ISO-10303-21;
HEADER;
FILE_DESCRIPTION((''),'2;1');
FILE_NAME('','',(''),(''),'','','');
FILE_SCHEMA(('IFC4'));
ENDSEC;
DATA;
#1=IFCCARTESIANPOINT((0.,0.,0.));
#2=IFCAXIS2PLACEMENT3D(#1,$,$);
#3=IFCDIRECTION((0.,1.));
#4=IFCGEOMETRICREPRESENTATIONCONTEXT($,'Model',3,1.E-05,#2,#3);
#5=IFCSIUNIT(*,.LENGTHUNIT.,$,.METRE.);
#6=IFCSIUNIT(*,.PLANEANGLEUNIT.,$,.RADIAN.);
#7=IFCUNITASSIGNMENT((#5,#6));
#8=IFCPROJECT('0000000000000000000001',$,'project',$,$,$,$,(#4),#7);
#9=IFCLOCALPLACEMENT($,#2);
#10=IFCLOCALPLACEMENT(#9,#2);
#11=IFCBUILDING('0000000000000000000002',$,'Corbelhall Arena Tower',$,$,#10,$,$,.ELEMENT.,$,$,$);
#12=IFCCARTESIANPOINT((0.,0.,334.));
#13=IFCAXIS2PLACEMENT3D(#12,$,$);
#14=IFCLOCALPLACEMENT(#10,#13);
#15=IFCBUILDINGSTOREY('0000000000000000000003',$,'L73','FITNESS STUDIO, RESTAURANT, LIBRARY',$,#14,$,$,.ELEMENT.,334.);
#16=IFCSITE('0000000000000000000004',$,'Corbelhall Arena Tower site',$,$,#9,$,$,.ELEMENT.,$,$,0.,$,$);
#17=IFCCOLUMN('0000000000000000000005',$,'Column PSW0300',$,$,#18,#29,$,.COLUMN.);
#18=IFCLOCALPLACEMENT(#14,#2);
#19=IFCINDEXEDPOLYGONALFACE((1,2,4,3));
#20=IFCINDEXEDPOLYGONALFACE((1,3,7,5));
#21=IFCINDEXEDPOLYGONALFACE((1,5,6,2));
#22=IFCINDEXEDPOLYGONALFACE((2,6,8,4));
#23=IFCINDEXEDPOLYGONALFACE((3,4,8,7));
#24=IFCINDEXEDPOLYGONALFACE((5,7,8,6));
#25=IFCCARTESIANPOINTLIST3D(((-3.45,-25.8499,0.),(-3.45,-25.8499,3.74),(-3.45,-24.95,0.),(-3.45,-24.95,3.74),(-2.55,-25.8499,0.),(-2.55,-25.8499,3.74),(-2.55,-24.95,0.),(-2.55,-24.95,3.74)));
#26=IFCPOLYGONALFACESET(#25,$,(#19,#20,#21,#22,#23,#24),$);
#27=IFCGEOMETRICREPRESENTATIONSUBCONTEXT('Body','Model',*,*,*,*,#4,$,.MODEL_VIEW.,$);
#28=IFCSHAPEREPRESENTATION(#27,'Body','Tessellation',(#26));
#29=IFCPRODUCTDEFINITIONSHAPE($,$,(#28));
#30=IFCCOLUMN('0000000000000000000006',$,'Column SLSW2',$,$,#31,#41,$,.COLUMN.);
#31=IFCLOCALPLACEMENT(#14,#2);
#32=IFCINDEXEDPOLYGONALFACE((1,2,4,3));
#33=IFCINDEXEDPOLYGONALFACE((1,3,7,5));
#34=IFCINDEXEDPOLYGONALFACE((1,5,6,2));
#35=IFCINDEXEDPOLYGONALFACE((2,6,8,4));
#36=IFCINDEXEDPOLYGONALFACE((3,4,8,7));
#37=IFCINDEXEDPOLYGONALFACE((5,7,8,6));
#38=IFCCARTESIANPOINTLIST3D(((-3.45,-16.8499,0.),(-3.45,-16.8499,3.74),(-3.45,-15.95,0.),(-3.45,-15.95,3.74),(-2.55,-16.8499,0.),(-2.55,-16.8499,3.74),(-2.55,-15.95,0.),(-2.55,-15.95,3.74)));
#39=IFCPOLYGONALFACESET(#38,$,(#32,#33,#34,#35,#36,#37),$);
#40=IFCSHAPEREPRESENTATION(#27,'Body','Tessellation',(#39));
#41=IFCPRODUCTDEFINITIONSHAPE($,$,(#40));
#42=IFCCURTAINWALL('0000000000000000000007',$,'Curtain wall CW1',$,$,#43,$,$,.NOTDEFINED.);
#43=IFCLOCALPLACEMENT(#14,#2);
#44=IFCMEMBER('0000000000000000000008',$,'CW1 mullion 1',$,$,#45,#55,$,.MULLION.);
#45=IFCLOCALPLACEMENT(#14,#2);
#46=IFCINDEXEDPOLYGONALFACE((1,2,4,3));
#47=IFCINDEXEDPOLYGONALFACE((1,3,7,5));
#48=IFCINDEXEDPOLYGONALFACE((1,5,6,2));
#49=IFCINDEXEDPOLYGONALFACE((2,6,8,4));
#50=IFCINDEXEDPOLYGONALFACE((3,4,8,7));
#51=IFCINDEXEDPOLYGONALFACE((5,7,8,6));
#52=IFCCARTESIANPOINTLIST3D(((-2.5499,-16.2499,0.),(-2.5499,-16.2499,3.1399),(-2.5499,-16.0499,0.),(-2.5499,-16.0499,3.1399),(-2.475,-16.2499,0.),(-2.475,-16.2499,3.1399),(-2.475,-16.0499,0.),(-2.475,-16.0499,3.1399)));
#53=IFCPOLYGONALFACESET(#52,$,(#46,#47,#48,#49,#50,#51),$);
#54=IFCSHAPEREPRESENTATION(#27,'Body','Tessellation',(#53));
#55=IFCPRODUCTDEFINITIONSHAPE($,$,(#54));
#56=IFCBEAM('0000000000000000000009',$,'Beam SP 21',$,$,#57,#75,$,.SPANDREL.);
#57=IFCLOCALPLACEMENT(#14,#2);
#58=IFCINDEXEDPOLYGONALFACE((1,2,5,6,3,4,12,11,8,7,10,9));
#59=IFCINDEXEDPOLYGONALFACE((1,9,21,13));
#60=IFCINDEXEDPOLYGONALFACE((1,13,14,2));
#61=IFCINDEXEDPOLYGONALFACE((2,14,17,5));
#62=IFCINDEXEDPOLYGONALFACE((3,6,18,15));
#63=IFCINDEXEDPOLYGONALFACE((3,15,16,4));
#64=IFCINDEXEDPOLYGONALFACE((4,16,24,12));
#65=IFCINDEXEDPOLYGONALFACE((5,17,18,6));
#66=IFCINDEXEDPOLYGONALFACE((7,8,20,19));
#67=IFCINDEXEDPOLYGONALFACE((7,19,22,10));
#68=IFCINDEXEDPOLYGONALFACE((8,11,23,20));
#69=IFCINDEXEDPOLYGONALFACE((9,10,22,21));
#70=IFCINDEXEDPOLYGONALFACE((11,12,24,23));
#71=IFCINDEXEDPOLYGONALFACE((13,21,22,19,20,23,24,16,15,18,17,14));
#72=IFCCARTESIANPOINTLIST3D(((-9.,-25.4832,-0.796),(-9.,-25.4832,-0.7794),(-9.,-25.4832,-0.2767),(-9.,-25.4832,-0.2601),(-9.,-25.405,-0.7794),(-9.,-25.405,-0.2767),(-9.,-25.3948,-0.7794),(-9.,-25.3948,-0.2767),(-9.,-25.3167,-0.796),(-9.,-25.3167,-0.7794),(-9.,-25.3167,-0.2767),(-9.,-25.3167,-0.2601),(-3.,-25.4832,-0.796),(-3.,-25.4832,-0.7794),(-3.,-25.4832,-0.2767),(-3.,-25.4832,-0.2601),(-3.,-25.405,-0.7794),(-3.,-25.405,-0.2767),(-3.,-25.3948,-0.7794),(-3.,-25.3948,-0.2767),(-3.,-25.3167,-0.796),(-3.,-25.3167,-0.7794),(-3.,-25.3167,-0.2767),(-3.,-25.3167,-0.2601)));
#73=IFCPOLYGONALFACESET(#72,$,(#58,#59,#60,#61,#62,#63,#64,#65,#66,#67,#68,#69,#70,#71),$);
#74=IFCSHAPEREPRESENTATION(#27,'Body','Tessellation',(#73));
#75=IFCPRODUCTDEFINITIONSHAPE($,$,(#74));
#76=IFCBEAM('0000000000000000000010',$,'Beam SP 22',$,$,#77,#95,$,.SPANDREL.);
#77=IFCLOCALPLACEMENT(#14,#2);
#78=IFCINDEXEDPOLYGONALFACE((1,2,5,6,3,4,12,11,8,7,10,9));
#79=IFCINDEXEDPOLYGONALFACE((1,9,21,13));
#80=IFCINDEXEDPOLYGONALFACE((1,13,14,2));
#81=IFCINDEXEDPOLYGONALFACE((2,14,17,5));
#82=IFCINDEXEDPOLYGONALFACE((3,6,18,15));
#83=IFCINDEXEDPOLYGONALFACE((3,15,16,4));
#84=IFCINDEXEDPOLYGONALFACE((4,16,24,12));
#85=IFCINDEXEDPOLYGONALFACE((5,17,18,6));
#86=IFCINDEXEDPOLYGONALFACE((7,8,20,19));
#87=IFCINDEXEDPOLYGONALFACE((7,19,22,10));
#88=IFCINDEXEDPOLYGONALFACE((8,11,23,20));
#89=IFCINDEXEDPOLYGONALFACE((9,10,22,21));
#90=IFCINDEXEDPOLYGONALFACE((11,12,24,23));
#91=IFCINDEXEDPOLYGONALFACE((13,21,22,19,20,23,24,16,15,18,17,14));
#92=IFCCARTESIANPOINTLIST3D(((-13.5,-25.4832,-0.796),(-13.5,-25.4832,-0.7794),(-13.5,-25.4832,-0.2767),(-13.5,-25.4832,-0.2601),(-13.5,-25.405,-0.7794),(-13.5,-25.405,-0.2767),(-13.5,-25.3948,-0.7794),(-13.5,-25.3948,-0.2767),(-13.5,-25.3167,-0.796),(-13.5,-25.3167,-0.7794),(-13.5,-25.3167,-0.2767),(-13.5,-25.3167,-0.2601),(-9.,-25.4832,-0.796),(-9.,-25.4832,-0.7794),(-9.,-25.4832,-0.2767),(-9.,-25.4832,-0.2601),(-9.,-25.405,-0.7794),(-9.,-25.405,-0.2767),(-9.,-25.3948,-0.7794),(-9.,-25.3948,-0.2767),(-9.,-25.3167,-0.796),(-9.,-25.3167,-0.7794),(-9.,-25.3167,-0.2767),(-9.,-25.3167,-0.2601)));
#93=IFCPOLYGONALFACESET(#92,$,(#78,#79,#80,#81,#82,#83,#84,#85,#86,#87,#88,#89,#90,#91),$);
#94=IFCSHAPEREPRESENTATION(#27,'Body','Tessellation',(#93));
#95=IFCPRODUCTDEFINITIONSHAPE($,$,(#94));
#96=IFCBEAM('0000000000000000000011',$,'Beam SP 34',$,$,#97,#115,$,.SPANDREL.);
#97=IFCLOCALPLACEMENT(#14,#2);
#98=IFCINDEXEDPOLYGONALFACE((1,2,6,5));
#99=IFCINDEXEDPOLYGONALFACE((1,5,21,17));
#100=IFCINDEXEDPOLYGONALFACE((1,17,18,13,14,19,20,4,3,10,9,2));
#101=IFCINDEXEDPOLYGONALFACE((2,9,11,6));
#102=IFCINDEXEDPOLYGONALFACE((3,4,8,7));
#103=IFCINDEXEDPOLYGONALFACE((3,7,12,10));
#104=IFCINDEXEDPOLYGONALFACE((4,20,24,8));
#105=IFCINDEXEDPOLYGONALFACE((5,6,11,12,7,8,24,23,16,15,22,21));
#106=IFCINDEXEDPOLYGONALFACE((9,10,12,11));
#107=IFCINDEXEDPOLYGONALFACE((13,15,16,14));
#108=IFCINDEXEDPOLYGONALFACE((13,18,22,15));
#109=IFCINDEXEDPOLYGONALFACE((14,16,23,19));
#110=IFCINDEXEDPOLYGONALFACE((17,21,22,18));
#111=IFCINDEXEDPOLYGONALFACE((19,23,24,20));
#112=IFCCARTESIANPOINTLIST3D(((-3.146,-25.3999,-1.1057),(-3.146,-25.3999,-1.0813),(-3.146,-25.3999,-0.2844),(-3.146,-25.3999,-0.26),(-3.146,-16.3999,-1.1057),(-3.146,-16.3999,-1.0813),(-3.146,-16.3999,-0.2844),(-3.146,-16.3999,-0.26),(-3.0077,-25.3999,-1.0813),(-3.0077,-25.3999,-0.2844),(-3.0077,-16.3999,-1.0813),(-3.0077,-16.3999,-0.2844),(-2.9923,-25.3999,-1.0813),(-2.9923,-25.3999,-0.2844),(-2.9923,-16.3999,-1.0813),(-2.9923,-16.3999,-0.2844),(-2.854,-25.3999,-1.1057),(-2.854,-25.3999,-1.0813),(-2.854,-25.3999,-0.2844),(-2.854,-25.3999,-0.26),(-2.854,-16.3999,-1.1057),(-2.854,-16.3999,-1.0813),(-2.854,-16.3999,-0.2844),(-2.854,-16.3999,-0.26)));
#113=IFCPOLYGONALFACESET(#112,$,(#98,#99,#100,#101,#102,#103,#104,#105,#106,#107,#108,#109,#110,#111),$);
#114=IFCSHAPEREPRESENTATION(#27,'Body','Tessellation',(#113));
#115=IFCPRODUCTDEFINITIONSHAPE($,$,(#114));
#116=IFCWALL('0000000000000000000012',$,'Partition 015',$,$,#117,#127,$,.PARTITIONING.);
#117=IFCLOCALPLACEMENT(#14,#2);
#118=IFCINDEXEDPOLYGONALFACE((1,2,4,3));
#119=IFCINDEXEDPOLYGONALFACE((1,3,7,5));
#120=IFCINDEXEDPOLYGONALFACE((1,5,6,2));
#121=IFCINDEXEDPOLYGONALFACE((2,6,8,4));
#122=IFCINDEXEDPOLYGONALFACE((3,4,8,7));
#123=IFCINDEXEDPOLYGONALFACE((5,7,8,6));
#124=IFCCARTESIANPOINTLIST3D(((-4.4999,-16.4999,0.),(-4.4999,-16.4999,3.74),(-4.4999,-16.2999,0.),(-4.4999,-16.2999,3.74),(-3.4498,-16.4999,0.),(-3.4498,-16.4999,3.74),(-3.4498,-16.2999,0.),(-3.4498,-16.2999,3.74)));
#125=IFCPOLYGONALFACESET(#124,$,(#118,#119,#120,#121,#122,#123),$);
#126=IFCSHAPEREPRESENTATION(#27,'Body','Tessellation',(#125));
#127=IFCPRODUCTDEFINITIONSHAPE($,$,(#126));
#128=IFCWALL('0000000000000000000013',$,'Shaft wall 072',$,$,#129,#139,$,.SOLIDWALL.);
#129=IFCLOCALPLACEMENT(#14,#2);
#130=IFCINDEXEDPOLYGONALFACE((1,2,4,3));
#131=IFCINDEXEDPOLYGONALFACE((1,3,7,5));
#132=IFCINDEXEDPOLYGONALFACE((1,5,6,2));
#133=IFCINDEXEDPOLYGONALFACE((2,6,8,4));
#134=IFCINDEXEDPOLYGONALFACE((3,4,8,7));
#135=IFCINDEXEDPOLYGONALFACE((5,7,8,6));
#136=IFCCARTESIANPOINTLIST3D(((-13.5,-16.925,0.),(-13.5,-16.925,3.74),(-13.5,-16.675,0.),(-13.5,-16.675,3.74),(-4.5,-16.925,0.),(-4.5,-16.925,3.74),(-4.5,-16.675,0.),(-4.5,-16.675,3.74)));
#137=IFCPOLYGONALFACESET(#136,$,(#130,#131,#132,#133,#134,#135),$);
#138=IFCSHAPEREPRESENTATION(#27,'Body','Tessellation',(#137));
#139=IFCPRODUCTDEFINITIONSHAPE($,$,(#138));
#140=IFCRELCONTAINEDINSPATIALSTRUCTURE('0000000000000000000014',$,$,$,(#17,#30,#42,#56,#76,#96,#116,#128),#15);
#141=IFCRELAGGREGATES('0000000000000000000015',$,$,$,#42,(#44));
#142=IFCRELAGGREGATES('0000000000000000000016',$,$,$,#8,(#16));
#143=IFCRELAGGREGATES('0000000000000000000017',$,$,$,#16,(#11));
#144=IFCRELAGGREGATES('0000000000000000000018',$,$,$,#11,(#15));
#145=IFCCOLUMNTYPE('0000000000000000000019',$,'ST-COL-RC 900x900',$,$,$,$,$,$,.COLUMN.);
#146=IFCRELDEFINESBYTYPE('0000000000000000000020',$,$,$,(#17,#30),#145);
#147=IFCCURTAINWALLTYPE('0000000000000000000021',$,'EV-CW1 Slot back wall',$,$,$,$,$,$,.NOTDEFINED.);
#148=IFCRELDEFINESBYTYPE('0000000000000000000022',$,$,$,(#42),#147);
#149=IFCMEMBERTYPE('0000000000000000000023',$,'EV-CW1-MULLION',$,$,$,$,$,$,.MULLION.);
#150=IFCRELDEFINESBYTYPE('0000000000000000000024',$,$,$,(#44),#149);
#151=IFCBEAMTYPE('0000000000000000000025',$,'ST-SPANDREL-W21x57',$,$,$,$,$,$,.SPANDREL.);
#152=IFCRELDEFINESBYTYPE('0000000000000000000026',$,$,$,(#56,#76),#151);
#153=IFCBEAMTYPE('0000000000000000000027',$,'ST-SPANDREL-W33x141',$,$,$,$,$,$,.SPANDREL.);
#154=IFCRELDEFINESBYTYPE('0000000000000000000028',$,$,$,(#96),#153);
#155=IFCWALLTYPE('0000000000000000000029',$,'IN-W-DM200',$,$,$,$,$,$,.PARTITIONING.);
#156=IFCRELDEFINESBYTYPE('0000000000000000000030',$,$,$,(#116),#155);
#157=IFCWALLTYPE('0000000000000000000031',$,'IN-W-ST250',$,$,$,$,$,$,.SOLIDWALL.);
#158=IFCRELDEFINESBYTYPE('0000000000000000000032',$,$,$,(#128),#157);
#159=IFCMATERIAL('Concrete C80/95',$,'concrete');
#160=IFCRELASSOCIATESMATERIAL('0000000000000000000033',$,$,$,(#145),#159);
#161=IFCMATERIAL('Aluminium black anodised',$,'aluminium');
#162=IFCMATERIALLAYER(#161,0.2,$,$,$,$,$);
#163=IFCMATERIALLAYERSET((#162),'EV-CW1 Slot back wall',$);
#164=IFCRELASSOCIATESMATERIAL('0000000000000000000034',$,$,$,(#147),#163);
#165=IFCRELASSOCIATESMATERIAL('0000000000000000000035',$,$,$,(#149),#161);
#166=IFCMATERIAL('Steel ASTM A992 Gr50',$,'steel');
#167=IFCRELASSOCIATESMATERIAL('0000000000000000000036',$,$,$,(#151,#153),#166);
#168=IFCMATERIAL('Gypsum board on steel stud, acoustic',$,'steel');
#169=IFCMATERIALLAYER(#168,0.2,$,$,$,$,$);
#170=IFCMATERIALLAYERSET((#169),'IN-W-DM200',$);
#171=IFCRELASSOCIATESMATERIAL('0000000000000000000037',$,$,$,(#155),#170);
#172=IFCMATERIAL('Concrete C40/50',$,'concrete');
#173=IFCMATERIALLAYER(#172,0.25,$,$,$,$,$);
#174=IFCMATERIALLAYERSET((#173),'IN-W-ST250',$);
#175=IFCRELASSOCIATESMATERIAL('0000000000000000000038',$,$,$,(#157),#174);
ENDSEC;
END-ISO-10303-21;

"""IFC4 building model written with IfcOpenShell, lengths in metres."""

from ifc_helpers import new_model, si_unit, direction, frame, frame_2d, origin, origin_2d, place, context, subcontext, project, spatial, rectangle, i_section, extrude, material, layer, layer_set, material_profile, profile_set, type_object, element, aggregate, save


model = new_model("IFC4")

# Units and contexts
model_context = context("Model", 3, precision=1e-05, world=origin(), true_north=direction((0.0, 1.0)))
body_context = subcontext(model_context, "Body", "Model", "MODEL_VIEW")
ifc_project = project(units=[si_unit("LENGTHUNIT", "METRE"), si_unit("PLANEANGLEUNIT", "RADIAN")], contexts=[model_context])

# Site, building, storey
site_placement = place(None, origin())
site = spatial("IfcSite", under=ifc_project, at=site_placement, Name="Corbelhall Arena Tower site", CompositionType="ELEMENT", RefElevation=0.0)
building_placement = place(site_placement, origin())
building = spatial("IfcBuilding", under=site, at=building_placement, Name="Corbelhall Arena Tower", CompositionType="ELEMENT")
storey_placement = place(building_placement, frame((0.0, 0.0, 334.0)))
storey = spatial("IfcBuildingStorey", under=building, at=storey_placement, Name="L73", Description="FITNESS STUDIO, RESTAURANT, LIBRARY", CompositionType="ELEMENT", Elevation=334.0)

# Columns
ifc_material_1 = material(Name="Concrete C80/95", Category="concrete")
ifc_material_profile_1 = material_profile(ifc_material_1, rectangle(XDim=0.8999, YDim=0.8999, at=origin_2d()))
ifc_profile_set_1 = profile_set([ifc_material_profile_1], Name="Concrete C80/95")
column_type = type_object("IfcColumnType", Name="ST-COL-RC 900x900", PredefinedType="COLUMN", material=ifc_profile_set_1)
for number, where, z_axis, x_axis, name in (
    (1, (-3.0, -25.3999, 0.0), (0.0, 0.0, 1.0), (1.0, 0.0, 0.0), "Column PSW0300"),
    (2, (-3.0, -16.3999, 0.0), (0.0, 0.0, 1.0), (1.0, 0.0, 0.0), "Column SLSW2"),
):
    element("IfcColumn", number, at=place(storey_placement, frame(where, z_axis=z_axis, x_axis=x_axis)), inside=storey, type_object=column_type, Name=name, PredefinedType="COLUMN", context=body_context, shape_type="SweptSolid", body=[
        extrude(rectangle(XDim=0.8999, YDim=0.8999, at=origin_2d()), origin(), (0.0, 0.0, 1.0), 3.74),
    ])

# Curtain wall, member
ifc_material_2 = material(Name="Aluminium black anodised", Category="aluminium")
ifc_layer_1 = layer(ifc_material_2, 0.2)
ifc_layer_set_1 = layer_set([ifc_layer_1], Name="EV-CW1 Slot back wall")
curtain_wall_type = type_object("IfcCurtainWallType", Name="EV-CW1 Slot back wall", PredefinedType="NOTDEFINED", material=ifc_layer_set_1)
curtain_wall_placement = place(storey_placement, origin())
curtain_wall = element("IfcCurtainWall", 3, at=curtain_wall_placement, inside=storey, type_object=curtain_wall_type, Name="Curtain wall CW1", PredefinedType="NOTDEFINED")
ifc_material_profile_2 = material_profile(ifc_material_2, rectangle(XDim=0.2, YDim=0.075, at=origin_2d()))
ifc_profile_set_2 = profile_set([ifc_material_profile_2], Name="Aluminium black anodised")
member_type = type_object("IfcMemberType", Name="EV-CW1-MULLION", PredefinedType="MULLION", material=ifc_profile_set_2)
member_placement = place(storey_placement, frame((-2.5125, -16.1499, 0.0), z_axis=(0.0, 0.0, 1.0), x_axis=(0.0, 1.0, 0.0)))
member = element("IfcMember", 4, at=member_placement, type_object=member_type, Name="CW1 mullion 1", PredefinedType="MULLION", context=body_context, shape_type="SweptSolid", body=[
    extrude(rectangle(XDim=0.2, YDim=0.075, at=origin_2d()), origin(), (0.0, 0.0, 1.0), 3.1399),
])
aggregate(curtain_wall, [member])

# Beams
ifc_material_3 = material(Name="Steel ASTM A992 Gr50", Category="steel")
ifc_material_profile_3 = material_profile(ifc_material_3, i_section(OverallWidth=0.1665, OverallDepth=0.5359, WebThickness=0.0103, FlangeThickness=0.0166, at=origin_2d()))
ifc_profile_set_3 = profile_set([ifc_material_profile_3], Name="Steel ASTM A992 Gr50")
beam_type_1 = type_object("IfcBeamType", Name="ST-SPANDREL-W21x57", PredefinedType="SPANDREL", material=ifc_profile_set_3)
beam_1_placement = place(storey_placement, frame((-3.0, -25.3999, -0.5281), z_axis=(-1.0, 0.0, 0.0), x_axis=(0.0, -1.0, 0.0)))
element("IfcBeam", 5, at=beam_1_placement, inside=storey, type_object=beam_type_1, Name="Beam SP 21", PredefinedType="SPANDREL", context=body_context, shape_type="SweptSolid", body=[
    extrude(i_section(OverallWidth=0.1665, OverallDepth=0.5359, WebThickness=0.0103, FlangeThickness=0.0166, at=origin_2d()), origin(), (0.0, 0.0, 1.0), 6.0),
])
beam_2_placement = place(storey_placement, frame((-9.0, -25.3999, -0.5281), z_axis=(-1.0, 0.0, 0.0), x_axis=(0.0, -1.0, 0.0)))
element("IfcBeam", 6, at=beam_2_placement, inside=storey, type_object=beam_type_1, Name="Beam SP 22", PredefinedType="SPANDREL", context=body_context, shape_type="SweptSolid", body=[
    extrude(i_section(OverallWidth=0.1665, OverallDepth=0.5359, WebThickness=0.0103, FlangeThickness=0.0166, at=origin_2d()), origin(), (0.0, 0.0, 1.0), 4.5),
])
ifc_material_profile_4 = material_profile(ifc_material_3, i_section(OverallWidth=0.292, OverallDepth=0.8457, WebThickness=0.0154, FlangeThickness=0.0244, at=origin_2d()))
ifc_profile_set_4 = profile_set([ifc_material_profile_4], Name="Steel ASTM A992 Gr50")
beam_type_2 = type_object("IfcBeamType", Name="ST-SPANDREL-W33x141", PredefinedType="SPANDREL", material=ifc_profile_set_4)
beam_3_placement = place(storey_placement, frame((-3.0, -16.3999, -0.6829), z_axis=(0.0, -1.0, 0.0), x_axis=(1.0, 0.0, 0.0)))
element("IfcBeam", 7, at=beam_3_placement, inside=storey, type_object=beam_type_2, Name="Beam SP 34", PredefinedType="SPANDREL", context=body_context, shape_type="SweptSolid", body=[
    extrude(i_section(OverallWidth=0.292, OverallDepth=0.8457, WebThickness=0.0154, FlangeThickness=0.0244, at=origin_2d()), origin(), (0.0, 0.0, 1.0), 9.0),
])

# Walls
ifc_material_4 = material(Name="Gypsum board on steel stud, acoustic", Category="steel")
ifc_layer_2 = layer(ifc_material_4, 0.2)
ifc_layer_set_2 = layer_set([ifc_layer_2], Name="IN-W-DM200")
wall_type_1 = type_object("IfcWallType", Name="IN-W-DM200", PredefinedType="PARTITIONING", material=ifc_layer_set_2)
wall_1_placement = place(storey_placement, frame((-3.45, -16.3999, 0.0), z_axis=(0.0, 0.0, 1.0), x_axis=(-1.0, 0.0, 0.0)))
element("IfcWall", 8, at=wall_1_placement, inside=storey, type_object=wall_type_1, Name="Partition 015", PredefinedType="PARTITIONING", context=body_context, shape_type="SweptSolid", body=[
    extrude(rectangle(XDim=1.05, YDim=0.2, at=frame_2d((0.5249, 0.0))), origin(), (0.0, 0.0, 1.0), 3.74),
])
ifc_material_5 = material(Name="Concrete C40/50", Category="concrete")
ifc_layer_3 = layer(ifc_material_5, 0.25)
ifc_layer_set_3 = layer_set([ifc_layer_3], Name="IN-W-ST250")
wall_type_2 = type_object("IfcWallType", Name="IN-W-ST250", PredefinedType="SOLIDWALL", material=ifc_layer_set_3)
wall_2_placement = place(storey_placement, frame((-4.5, -16.8, 0.0), z_axis=(0.0, 0.0, 1.0), x_axis=(-1.0, 0.0, 0.0)))
element("IfcWall", 9, at=wall_2_placement, inside=storey, type_object=wall_type_2, Name="Shaft wall 072", PredefinedType="SOLIDWALL", context=body_context, shape_type="SweptSolid", body=[
    extrude(rectangle(XDim=9.0, YDim=0.25, at=frame_2d((4.5, 0.0))), origin(), (0.0, 0.0, 1.0), 3.74),
])

save(model, "model.ifc")
